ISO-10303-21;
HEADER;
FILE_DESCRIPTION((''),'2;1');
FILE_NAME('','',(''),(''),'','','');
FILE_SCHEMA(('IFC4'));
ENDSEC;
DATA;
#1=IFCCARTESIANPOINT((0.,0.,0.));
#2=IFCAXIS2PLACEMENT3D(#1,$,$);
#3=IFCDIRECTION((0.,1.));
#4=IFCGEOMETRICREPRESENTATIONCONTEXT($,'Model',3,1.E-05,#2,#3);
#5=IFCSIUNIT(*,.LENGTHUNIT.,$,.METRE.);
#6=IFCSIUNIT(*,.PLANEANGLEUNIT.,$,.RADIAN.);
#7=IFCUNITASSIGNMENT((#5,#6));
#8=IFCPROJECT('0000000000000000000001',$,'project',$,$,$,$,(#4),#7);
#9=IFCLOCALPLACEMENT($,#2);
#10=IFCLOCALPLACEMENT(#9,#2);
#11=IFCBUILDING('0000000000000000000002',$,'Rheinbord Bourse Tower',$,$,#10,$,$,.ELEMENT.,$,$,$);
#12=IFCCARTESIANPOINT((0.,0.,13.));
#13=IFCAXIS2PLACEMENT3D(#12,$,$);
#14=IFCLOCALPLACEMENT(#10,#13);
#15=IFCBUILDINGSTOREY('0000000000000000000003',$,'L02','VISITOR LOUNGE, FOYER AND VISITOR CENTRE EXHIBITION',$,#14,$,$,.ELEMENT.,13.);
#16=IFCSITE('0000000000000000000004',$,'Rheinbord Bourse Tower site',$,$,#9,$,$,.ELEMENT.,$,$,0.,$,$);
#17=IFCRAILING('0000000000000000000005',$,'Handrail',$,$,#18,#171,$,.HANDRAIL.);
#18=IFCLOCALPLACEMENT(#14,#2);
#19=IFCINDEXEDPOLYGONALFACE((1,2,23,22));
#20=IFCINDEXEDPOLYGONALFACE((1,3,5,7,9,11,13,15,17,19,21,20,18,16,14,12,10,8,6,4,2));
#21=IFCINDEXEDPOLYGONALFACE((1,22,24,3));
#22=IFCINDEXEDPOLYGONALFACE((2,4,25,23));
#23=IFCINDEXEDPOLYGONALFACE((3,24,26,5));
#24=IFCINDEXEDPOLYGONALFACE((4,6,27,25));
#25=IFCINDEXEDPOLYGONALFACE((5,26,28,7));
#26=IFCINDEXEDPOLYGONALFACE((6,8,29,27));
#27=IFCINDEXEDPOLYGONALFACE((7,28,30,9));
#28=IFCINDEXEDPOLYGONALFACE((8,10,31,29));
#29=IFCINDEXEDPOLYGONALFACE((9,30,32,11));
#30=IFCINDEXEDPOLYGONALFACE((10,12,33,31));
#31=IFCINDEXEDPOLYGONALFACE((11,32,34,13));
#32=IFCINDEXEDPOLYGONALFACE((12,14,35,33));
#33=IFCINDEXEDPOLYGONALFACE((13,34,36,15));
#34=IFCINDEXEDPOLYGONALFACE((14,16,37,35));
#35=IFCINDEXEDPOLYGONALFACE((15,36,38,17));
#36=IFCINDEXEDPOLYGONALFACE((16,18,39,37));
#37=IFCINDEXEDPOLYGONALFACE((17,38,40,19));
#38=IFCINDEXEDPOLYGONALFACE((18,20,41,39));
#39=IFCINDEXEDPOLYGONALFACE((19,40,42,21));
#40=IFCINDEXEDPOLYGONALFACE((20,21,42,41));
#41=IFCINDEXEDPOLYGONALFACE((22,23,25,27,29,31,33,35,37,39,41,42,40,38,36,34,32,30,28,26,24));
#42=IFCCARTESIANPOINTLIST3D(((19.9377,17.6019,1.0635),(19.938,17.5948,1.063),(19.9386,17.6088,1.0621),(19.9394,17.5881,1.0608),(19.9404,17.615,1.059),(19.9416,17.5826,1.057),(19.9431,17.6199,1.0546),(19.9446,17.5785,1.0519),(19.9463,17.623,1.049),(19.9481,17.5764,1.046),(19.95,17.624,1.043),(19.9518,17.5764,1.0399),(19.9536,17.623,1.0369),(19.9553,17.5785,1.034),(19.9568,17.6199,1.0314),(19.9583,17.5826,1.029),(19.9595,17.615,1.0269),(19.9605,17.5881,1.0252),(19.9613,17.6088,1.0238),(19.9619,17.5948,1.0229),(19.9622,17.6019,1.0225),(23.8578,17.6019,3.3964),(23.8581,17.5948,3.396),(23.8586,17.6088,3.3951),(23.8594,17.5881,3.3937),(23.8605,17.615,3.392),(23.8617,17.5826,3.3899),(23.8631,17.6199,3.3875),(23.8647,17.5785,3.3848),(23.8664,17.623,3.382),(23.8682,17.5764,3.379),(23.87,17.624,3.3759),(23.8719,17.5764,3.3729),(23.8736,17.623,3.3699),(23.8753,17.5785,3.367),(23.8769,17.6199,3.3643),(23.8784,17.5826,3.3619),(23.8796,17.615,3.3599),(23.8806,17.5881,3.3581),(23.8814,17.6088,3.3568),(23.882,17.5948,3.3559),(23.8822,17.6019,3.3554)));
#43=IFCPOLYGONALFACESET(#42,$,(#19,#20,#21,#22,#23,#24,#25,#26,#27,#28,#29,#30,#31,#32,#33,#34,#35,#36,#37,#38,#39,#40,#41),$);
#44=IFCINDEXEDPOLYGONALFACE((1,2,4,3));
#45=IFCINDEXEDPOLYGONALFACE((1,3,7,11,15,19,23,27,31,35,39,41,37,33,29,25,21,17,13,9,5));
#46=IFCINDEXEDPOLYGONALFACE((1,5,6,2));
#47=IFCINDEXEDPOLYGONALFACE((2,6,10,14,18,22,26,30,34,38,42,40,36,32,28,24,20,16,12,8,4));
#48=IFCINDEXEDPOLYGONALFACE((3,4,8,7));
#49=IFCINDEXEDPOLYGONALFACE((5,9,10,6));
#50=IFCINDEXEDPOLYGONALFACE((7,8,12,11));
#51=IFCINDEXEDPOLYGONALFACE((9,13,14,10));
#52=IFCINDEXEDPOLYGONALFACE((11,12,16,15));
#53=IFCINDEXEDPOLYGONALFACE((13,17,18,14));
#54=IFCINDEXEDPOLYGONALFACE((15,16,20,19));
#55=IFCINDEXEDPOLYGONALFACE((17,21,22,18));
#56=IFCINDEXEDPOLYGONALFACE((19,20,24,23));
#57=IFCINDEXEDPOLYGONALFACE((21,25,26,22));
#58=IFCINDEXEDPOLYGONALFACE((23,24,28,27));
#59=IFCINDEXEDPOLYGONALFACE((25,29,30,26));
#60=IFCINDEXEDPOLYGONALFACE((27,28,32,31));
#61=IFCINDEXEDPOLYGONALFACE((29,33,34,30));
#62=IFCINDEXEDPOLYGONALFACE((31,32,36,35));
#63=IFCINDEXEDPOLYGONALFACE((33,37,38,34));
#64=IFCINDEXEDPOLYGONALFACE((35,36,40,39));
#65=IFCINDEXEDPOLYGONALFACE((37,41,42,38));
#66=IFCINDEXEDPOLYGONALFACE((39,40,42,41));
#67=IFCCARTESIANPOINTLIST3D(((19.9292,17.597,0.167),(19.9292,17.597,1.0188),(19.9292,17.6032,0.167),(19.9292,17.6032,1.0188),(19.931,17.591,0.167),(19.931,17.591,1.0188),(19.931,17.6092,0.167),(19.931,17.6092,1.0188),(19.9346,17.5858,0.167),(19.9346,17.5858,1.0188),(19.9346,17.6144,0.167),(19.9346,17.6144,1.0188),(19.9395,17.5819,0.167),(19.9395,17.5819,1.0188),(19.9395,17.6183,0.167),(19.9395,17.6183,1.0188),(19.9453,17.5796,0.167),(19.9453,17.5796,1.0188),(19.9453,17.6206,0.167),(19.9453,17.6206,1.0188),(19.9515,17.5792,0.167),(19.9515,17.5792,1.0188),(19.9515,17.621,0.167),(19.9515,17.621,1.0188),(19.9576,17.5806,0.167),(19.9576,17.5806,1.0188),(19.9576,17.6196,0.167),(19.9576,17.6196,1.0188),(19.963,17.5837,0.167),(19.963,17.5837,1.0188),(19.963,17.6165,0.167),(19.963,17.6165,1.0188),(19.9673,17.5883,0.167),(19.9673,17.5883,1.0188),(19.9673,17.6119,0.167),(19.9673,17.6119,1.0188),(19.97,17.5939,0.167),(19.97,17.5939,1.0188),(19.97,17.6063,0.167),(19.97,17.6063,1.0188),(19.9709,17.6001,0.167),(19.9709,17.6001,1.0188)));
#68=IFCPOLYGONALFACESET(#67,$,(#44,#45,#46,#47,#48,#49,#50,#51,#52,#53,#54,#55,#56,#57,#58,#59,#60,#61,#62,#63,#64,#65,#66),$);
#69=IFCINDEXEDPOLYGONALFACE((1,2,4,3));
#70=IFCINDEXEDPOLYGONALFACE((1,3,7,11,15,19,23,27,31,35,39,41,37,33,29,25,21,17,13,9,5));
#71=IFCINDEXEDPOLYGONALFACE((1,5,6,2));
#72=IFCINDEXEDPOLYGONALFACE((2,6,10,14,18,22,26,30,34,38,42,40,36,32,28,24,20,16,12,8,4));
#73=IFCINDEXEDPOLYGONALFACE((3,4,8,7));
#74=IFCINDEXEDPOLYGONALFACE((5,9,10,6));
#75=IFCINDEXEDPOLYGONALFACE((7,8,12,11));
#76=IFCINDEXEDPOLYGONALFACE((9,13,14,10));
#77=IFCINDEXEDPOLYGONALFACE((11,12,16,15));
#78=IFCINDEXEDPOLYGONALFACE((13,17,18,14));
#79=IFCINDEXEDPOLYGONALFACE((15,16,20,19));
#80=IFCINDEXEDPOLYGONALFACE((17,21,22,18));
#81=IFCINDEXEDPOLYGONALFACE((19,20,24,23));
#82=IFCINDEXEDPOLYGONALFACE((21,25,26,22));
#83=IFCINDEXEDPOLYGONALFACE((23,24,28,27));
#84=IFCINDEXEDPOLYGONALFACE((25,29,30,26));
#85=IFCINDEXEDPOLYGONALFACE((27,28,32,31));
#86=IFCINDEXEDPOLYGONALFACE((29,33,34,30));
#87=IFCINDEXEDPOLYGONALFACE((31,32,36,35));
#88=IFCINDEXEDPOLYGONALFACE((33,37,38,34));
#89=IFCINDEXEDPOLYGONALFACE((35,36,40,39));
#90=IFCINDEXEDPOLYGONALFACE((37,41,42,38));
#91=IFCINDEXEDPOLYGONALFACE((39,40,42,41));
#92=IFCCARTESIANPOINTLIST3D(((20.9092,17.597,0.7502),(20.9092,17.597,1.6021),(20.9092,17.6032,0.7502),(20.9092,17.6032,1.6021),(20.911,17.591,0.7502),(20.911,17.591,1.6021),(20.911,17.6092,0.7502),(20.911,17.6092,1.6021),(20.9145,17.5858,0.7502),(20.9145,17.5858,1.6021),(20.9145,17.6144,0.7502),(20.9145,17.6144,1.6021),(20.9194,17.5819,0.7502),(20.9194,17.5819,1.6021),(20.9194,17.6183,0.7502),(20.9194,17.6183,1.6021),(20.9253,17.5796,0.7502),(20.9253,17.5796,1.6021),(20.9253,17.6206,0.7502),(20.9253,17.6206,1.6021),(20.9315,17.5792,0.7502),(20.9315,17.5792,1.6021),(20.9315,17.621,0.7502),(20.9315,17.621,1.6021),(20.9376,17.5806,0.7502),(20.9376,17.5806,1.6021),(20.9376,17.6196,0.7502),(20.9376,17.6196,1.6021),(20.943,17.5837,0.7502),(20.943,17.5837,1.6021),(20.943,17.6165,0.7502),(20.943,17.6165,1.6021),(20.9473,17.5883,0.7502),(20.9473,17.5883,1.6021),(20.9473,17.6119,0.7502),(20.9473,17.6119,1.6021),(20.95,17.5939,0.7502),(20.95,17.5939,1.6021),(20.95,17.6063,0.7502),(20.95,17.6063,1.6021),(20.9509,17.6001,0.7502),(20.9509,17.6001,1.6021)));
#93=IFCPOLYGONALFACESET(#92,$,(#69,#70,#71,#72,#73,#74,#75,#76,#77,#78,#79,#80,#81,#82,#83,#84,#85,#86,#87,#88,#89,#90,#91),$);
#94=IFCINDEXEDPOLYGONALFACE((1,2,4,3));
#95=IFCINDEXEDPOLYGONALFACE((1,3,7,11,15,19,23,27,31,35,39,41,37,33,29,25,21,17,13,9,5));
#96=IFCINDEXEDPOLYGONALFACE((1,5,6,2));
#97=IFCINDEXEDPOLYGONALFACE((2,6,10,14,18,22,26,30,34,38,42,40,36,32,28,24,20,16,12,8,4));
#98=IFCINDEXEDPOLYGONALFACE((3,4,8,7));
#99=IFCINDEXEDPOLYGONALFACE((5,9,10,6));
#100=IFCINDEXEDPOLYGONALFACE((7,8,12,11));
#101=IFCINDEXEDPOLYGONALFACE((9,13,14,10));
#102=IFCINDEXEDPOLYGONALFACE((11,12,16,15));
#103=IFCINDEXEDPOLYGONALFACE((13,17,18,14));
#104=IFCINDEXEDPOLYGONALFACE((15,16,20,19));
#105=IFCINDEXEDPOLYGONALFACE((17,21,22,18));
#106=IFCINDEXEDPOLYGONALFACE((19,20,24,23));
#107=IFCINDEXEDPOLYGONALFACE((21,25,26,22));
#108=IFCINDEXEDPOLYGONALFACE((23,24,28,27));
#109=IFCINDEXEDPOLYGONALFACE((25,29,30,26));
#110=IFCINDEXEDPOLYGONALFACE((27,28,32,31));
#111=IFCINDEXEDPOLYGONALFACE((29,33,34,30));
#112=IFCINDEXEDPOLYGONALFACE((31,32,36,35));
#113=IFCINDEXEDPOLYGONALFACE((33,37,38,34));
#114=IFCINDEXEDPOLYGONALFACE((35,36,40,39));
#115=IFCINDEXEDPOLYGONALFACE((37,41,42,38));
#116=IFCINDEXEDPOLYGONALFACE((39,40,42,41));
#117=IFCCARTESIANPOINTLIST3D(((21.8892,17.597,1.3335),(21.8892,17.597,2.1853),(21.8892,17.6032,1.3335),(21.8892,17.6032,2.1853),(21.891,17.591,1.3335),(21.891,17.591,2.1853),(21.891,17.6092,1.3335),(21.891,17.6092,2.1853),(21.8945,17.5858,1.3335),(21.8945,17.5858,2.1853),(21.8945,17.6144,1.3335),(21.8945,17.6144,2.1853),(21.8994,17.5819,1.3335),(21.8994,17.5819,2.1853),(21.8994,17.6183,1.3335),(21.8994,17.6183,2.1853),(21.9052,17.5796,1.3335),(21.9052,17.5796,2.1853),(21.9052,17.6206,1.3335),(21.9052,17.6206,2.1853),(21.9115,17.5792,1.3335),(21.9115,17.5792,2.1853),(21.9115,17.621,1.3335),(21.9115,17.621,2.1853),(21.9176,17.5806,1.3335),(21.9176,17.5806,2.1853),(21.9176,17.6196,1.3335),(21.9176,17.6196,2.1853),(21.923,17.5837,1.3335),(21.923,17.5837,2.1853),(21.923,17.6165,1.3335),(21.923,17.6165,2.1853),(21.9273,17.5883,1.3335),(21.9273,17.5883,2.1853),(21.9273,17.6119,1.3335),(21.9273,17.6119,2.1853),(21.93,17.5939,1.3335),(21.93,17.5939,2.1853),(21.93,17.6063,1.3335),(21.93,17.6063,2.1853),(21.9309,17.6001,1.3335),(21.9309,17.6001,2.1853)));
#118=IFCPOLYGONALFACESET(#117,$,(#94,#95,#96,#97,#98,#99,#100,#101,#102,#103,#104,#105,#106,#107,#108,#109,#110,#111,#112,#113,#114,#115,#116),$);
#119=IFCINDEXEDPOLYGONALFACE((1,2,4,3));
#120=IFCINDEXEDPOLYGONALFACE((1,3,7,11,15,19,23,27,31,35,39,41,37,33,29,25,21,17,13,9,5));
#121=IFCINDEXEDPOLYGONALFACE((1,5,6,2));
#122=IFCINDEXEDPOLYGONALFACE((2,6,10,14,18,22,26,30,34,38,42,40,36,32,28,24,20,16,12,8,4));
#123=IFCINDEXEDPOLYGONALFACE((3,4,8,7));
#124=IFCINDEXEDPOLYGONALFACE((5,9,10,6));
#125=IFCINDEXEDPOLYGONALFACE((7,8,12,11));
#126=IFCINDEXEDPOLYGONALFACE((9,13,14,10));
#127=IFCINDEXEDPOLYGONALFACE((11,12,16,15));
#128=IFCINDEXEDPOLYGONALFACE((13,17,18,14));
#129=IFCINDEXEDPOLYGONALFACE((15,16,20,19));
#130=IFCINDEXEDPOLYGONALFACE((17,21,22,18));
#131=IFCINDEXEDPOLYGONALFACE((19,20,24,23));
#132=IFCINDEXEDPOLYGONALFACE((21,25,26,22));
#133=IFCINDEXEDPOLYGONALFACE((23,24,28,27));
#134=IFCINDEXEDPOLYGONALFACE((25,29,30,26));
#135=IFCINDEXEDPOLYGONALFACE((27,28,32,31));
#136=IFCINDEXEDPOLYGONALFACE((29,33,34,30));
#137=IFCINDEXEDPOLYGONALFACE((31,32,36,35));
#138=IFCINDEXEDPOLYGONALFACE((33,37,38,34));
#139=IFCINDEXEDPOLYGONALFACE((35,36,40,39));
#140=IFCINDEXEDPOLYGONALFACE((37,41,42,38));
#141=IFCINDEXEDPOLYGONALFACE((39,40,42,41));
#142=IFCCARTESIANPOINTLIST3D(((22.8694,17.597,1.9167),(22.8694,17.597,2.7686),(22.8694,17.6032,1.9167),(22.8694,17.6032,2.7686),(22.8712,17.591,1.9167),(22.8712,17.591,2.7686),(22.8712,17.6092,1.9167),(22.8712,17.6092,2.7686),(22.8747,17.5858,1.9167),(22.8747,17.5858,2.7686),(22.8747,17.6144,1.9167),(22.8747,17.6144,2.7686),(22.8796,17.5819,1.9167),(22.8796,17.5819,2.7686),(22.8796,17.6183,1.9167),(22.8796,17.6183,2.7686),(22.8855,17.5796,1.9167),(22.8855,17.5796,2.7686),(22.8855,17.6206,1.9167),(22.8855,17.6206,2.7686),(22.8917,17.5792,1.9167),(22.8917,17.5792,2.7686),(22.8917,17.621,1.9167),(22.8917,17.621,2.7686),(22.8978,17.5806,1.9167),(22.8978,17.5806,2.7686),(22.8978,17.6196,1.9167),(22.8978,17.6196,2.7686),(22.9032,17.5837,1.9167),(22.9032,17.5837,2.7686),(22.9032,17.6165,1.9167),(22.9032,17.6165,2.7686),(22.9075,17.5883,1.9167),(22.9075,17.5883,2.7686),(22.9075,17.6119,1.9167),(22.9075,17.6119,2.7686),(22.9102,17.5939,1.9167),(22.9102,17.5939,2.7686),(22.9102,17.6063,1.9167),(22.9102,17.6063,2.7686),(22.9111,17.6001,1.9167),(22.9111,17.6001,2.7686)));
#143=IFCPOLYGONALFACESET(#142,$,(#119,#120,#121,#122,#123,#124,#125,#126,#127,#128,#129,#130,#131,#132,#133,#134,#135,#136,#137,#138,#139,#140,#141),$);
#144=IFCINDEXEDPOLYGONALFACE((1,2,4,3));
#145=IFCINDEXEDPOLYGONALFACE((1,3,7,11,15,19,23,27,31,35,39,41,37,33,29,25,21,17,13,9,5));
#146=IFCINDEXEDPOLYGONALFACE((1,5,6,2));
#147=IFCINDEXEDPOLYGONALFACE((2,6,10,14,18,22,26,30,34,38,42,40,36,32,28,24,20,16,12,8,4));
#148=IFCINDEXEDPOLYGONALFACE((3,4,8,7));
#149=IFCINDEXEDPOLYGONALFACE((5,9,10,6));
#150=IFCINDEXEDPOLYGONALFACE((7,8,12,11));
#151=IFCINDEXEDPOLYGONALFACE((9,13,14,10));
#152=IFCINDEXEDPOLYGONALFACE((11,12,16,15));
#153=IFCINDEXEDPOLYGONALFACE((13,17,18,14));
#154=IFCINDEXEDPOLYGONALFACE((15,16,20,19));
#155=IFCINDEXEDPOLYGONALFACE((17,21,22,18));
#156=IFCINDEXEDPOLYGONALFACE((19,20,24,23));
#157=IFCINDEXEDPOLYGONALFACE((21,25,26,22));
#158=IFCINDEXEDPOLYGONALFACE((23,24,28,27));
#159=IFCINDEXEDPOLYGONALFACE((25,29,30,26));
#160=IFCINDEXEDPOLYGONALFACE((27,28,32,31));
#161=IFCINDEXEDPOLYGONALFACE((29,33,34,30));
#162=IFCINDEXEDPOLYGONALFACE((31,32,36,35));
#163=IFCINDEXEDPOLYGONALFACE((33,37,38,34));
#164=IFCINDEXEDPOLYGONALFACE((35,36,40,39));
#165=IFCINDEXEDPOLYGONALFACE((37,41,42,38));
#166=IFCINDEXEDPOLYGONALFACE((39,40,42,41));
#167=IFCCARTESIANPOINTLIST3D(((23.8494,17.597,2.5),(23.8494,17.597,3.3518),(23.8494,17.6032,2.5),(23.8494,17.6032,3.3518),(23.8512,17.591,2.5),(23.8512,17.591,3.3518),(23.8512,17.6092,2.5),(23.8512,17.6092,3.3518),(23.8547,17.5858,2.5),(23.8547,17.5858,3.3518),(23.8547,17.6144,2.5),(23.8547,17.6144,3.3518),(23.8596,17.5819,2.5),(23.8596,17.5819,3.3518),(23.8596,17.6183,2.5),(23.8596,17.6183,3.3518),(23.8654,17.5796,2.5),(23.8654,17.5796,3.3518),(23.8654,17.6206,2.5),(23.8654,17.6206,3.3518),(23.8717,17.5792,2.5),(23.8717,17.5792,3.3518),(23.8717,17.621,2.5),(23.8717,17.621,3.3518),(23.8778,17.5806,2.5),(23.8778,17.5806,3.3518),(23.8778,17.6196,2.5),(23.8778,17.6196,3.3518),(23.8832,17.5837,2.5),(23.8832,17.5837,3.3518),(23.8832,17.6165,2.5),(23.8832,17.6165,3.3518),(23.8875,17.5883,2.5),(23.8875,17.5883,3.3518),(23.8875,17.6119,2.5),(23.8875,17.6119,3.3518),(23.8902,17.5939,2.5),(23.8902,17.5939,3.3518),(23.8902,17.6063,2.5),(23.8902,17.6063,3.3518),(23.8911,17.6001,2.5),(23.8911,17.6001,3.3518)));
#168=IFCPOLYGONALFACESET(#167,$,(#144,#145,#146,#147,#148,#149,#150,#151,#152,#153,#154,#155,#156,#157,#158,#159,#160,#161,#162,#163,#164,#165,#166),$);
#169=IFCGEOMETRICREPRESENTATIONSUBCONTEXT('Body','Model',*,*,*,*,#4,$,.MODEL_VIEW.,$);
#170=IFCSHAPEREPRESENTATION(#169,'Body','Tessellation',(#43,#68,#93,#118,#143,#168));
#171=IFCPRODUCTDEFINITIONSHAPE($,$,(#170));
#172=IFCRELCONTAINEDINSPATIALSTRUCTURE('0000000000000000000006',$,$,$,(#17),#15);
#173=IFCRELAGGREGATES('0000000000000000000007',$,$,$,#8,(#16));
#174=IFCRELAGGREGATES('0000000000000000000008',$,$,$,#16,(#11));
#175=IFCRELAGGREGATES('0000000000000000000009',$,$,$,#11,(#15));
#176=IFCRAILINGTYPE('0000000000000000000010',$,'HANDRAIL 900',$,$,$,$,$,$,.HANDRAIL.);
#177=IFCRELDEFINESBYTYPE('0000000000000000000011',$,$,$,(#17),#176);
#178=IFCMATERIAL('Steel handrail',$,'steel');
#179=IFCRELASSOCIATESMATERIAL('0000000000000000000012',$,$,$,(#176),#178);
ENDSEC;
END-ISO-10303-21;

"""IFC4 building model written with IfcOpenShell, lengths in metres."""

from ifc_helpers import new_model, si_unit, direction, frame, origin, origin_2d, place, context, subcontext, project, spatial, circle, extrude, material, type_object, element, save


model = new_model("IFC4")

# Units and contexts
model_context = context("Model", 3, precision=1e-05, world=origin(), true_north=direction((0.0, 1.0)))
body_context = subcontext(model_context, "Body", "Model", "MODEL_VIEW")
ifc_project = project(units=[si_unit("LENGTHUNIT", "METRE"), si_unit("PLANEANGLEUNIT", "RADIAN")], contexts=[model_context])

# Site, building, storey
site_placement = place(None, origin())
site = spatial("IfcSite", under=ifc_project, at=site_placement, Name="Rheinbord Bourse Tower site", CompositionType="ELEMENT", RefElevation=0.0)
building_placement = place(site_placement, origin())
building = spatial("IfcBuilding", under=site, at=building_placement, Name="Rheinbord Bourse Tower", CompositionType="ELEMENT")
storey_placement = place(building_placement, frame((0.0, 0.0, 13.0)))
storey = spatial("IfcBuildingStorey", under=building, at=storey_placement, Name="L02", Description="VISITOR LOUNGE, FOYER AND VISITOR CENTRE EXHIBITION", CompositionType="ELEMENT", Elevation=13.0)

# Railing
ifc_material_1 = material(Name="Steel handrail", Category="steel")
railing_type = type_object("IfcRailingType", Name="HANDRAIL 900", PredefinedType="HANDRAIL", material=ifc_material_1)
railing_placement = place(storey_placement, frame((19.95, 17.6001, 0.167)))
element("IfcRailing", 1, at=railing_placement, inside=storey, type_object=railing_type, Name="Handrail", PredefinedType="HANDRAIL", context=body_context, shape_type="SweptSolid", body=[
    extrude(circle(Radius=0.0239, at=origin_2d()), frame((0.0, 0.0, 0.876), z_axis=(0.859334, 0.0, 0.511415), x_axis=(0.0, 1.0, 0.0)), (0.0, 0.0, 1.0), 4.5618),
    extrude(circle(Radius=0.021, at=origin_2d()), origin(), (0.0, 0.0, 1.0), 0.8518),
    extrude(circle(Radius=0.021, at=origin_2d()), frame((0.98, 0.0, 0.5833)), (0.0, 0.0, 1.0), 0.8518),
    extrude(circle(Radius=0.021, at=origin_2d()), frame((1.96, 0.0, 1.1665)), (0.0, 0.0, 1.0), 0.8518),
    extrude(circle(Radius=0.021, at=origin_2d()), frame((2.9402, 0.0, 1.7498)), (0.0, 0.0, 1.0), 0.8518),
    extrude(circle(Radius=0.021, at=origin_2d()), frame((3.9202, 0.0, 2.333)), (0.0, 0.0, 1.0), 0.8518),
])

save(model, "model.ifc")
